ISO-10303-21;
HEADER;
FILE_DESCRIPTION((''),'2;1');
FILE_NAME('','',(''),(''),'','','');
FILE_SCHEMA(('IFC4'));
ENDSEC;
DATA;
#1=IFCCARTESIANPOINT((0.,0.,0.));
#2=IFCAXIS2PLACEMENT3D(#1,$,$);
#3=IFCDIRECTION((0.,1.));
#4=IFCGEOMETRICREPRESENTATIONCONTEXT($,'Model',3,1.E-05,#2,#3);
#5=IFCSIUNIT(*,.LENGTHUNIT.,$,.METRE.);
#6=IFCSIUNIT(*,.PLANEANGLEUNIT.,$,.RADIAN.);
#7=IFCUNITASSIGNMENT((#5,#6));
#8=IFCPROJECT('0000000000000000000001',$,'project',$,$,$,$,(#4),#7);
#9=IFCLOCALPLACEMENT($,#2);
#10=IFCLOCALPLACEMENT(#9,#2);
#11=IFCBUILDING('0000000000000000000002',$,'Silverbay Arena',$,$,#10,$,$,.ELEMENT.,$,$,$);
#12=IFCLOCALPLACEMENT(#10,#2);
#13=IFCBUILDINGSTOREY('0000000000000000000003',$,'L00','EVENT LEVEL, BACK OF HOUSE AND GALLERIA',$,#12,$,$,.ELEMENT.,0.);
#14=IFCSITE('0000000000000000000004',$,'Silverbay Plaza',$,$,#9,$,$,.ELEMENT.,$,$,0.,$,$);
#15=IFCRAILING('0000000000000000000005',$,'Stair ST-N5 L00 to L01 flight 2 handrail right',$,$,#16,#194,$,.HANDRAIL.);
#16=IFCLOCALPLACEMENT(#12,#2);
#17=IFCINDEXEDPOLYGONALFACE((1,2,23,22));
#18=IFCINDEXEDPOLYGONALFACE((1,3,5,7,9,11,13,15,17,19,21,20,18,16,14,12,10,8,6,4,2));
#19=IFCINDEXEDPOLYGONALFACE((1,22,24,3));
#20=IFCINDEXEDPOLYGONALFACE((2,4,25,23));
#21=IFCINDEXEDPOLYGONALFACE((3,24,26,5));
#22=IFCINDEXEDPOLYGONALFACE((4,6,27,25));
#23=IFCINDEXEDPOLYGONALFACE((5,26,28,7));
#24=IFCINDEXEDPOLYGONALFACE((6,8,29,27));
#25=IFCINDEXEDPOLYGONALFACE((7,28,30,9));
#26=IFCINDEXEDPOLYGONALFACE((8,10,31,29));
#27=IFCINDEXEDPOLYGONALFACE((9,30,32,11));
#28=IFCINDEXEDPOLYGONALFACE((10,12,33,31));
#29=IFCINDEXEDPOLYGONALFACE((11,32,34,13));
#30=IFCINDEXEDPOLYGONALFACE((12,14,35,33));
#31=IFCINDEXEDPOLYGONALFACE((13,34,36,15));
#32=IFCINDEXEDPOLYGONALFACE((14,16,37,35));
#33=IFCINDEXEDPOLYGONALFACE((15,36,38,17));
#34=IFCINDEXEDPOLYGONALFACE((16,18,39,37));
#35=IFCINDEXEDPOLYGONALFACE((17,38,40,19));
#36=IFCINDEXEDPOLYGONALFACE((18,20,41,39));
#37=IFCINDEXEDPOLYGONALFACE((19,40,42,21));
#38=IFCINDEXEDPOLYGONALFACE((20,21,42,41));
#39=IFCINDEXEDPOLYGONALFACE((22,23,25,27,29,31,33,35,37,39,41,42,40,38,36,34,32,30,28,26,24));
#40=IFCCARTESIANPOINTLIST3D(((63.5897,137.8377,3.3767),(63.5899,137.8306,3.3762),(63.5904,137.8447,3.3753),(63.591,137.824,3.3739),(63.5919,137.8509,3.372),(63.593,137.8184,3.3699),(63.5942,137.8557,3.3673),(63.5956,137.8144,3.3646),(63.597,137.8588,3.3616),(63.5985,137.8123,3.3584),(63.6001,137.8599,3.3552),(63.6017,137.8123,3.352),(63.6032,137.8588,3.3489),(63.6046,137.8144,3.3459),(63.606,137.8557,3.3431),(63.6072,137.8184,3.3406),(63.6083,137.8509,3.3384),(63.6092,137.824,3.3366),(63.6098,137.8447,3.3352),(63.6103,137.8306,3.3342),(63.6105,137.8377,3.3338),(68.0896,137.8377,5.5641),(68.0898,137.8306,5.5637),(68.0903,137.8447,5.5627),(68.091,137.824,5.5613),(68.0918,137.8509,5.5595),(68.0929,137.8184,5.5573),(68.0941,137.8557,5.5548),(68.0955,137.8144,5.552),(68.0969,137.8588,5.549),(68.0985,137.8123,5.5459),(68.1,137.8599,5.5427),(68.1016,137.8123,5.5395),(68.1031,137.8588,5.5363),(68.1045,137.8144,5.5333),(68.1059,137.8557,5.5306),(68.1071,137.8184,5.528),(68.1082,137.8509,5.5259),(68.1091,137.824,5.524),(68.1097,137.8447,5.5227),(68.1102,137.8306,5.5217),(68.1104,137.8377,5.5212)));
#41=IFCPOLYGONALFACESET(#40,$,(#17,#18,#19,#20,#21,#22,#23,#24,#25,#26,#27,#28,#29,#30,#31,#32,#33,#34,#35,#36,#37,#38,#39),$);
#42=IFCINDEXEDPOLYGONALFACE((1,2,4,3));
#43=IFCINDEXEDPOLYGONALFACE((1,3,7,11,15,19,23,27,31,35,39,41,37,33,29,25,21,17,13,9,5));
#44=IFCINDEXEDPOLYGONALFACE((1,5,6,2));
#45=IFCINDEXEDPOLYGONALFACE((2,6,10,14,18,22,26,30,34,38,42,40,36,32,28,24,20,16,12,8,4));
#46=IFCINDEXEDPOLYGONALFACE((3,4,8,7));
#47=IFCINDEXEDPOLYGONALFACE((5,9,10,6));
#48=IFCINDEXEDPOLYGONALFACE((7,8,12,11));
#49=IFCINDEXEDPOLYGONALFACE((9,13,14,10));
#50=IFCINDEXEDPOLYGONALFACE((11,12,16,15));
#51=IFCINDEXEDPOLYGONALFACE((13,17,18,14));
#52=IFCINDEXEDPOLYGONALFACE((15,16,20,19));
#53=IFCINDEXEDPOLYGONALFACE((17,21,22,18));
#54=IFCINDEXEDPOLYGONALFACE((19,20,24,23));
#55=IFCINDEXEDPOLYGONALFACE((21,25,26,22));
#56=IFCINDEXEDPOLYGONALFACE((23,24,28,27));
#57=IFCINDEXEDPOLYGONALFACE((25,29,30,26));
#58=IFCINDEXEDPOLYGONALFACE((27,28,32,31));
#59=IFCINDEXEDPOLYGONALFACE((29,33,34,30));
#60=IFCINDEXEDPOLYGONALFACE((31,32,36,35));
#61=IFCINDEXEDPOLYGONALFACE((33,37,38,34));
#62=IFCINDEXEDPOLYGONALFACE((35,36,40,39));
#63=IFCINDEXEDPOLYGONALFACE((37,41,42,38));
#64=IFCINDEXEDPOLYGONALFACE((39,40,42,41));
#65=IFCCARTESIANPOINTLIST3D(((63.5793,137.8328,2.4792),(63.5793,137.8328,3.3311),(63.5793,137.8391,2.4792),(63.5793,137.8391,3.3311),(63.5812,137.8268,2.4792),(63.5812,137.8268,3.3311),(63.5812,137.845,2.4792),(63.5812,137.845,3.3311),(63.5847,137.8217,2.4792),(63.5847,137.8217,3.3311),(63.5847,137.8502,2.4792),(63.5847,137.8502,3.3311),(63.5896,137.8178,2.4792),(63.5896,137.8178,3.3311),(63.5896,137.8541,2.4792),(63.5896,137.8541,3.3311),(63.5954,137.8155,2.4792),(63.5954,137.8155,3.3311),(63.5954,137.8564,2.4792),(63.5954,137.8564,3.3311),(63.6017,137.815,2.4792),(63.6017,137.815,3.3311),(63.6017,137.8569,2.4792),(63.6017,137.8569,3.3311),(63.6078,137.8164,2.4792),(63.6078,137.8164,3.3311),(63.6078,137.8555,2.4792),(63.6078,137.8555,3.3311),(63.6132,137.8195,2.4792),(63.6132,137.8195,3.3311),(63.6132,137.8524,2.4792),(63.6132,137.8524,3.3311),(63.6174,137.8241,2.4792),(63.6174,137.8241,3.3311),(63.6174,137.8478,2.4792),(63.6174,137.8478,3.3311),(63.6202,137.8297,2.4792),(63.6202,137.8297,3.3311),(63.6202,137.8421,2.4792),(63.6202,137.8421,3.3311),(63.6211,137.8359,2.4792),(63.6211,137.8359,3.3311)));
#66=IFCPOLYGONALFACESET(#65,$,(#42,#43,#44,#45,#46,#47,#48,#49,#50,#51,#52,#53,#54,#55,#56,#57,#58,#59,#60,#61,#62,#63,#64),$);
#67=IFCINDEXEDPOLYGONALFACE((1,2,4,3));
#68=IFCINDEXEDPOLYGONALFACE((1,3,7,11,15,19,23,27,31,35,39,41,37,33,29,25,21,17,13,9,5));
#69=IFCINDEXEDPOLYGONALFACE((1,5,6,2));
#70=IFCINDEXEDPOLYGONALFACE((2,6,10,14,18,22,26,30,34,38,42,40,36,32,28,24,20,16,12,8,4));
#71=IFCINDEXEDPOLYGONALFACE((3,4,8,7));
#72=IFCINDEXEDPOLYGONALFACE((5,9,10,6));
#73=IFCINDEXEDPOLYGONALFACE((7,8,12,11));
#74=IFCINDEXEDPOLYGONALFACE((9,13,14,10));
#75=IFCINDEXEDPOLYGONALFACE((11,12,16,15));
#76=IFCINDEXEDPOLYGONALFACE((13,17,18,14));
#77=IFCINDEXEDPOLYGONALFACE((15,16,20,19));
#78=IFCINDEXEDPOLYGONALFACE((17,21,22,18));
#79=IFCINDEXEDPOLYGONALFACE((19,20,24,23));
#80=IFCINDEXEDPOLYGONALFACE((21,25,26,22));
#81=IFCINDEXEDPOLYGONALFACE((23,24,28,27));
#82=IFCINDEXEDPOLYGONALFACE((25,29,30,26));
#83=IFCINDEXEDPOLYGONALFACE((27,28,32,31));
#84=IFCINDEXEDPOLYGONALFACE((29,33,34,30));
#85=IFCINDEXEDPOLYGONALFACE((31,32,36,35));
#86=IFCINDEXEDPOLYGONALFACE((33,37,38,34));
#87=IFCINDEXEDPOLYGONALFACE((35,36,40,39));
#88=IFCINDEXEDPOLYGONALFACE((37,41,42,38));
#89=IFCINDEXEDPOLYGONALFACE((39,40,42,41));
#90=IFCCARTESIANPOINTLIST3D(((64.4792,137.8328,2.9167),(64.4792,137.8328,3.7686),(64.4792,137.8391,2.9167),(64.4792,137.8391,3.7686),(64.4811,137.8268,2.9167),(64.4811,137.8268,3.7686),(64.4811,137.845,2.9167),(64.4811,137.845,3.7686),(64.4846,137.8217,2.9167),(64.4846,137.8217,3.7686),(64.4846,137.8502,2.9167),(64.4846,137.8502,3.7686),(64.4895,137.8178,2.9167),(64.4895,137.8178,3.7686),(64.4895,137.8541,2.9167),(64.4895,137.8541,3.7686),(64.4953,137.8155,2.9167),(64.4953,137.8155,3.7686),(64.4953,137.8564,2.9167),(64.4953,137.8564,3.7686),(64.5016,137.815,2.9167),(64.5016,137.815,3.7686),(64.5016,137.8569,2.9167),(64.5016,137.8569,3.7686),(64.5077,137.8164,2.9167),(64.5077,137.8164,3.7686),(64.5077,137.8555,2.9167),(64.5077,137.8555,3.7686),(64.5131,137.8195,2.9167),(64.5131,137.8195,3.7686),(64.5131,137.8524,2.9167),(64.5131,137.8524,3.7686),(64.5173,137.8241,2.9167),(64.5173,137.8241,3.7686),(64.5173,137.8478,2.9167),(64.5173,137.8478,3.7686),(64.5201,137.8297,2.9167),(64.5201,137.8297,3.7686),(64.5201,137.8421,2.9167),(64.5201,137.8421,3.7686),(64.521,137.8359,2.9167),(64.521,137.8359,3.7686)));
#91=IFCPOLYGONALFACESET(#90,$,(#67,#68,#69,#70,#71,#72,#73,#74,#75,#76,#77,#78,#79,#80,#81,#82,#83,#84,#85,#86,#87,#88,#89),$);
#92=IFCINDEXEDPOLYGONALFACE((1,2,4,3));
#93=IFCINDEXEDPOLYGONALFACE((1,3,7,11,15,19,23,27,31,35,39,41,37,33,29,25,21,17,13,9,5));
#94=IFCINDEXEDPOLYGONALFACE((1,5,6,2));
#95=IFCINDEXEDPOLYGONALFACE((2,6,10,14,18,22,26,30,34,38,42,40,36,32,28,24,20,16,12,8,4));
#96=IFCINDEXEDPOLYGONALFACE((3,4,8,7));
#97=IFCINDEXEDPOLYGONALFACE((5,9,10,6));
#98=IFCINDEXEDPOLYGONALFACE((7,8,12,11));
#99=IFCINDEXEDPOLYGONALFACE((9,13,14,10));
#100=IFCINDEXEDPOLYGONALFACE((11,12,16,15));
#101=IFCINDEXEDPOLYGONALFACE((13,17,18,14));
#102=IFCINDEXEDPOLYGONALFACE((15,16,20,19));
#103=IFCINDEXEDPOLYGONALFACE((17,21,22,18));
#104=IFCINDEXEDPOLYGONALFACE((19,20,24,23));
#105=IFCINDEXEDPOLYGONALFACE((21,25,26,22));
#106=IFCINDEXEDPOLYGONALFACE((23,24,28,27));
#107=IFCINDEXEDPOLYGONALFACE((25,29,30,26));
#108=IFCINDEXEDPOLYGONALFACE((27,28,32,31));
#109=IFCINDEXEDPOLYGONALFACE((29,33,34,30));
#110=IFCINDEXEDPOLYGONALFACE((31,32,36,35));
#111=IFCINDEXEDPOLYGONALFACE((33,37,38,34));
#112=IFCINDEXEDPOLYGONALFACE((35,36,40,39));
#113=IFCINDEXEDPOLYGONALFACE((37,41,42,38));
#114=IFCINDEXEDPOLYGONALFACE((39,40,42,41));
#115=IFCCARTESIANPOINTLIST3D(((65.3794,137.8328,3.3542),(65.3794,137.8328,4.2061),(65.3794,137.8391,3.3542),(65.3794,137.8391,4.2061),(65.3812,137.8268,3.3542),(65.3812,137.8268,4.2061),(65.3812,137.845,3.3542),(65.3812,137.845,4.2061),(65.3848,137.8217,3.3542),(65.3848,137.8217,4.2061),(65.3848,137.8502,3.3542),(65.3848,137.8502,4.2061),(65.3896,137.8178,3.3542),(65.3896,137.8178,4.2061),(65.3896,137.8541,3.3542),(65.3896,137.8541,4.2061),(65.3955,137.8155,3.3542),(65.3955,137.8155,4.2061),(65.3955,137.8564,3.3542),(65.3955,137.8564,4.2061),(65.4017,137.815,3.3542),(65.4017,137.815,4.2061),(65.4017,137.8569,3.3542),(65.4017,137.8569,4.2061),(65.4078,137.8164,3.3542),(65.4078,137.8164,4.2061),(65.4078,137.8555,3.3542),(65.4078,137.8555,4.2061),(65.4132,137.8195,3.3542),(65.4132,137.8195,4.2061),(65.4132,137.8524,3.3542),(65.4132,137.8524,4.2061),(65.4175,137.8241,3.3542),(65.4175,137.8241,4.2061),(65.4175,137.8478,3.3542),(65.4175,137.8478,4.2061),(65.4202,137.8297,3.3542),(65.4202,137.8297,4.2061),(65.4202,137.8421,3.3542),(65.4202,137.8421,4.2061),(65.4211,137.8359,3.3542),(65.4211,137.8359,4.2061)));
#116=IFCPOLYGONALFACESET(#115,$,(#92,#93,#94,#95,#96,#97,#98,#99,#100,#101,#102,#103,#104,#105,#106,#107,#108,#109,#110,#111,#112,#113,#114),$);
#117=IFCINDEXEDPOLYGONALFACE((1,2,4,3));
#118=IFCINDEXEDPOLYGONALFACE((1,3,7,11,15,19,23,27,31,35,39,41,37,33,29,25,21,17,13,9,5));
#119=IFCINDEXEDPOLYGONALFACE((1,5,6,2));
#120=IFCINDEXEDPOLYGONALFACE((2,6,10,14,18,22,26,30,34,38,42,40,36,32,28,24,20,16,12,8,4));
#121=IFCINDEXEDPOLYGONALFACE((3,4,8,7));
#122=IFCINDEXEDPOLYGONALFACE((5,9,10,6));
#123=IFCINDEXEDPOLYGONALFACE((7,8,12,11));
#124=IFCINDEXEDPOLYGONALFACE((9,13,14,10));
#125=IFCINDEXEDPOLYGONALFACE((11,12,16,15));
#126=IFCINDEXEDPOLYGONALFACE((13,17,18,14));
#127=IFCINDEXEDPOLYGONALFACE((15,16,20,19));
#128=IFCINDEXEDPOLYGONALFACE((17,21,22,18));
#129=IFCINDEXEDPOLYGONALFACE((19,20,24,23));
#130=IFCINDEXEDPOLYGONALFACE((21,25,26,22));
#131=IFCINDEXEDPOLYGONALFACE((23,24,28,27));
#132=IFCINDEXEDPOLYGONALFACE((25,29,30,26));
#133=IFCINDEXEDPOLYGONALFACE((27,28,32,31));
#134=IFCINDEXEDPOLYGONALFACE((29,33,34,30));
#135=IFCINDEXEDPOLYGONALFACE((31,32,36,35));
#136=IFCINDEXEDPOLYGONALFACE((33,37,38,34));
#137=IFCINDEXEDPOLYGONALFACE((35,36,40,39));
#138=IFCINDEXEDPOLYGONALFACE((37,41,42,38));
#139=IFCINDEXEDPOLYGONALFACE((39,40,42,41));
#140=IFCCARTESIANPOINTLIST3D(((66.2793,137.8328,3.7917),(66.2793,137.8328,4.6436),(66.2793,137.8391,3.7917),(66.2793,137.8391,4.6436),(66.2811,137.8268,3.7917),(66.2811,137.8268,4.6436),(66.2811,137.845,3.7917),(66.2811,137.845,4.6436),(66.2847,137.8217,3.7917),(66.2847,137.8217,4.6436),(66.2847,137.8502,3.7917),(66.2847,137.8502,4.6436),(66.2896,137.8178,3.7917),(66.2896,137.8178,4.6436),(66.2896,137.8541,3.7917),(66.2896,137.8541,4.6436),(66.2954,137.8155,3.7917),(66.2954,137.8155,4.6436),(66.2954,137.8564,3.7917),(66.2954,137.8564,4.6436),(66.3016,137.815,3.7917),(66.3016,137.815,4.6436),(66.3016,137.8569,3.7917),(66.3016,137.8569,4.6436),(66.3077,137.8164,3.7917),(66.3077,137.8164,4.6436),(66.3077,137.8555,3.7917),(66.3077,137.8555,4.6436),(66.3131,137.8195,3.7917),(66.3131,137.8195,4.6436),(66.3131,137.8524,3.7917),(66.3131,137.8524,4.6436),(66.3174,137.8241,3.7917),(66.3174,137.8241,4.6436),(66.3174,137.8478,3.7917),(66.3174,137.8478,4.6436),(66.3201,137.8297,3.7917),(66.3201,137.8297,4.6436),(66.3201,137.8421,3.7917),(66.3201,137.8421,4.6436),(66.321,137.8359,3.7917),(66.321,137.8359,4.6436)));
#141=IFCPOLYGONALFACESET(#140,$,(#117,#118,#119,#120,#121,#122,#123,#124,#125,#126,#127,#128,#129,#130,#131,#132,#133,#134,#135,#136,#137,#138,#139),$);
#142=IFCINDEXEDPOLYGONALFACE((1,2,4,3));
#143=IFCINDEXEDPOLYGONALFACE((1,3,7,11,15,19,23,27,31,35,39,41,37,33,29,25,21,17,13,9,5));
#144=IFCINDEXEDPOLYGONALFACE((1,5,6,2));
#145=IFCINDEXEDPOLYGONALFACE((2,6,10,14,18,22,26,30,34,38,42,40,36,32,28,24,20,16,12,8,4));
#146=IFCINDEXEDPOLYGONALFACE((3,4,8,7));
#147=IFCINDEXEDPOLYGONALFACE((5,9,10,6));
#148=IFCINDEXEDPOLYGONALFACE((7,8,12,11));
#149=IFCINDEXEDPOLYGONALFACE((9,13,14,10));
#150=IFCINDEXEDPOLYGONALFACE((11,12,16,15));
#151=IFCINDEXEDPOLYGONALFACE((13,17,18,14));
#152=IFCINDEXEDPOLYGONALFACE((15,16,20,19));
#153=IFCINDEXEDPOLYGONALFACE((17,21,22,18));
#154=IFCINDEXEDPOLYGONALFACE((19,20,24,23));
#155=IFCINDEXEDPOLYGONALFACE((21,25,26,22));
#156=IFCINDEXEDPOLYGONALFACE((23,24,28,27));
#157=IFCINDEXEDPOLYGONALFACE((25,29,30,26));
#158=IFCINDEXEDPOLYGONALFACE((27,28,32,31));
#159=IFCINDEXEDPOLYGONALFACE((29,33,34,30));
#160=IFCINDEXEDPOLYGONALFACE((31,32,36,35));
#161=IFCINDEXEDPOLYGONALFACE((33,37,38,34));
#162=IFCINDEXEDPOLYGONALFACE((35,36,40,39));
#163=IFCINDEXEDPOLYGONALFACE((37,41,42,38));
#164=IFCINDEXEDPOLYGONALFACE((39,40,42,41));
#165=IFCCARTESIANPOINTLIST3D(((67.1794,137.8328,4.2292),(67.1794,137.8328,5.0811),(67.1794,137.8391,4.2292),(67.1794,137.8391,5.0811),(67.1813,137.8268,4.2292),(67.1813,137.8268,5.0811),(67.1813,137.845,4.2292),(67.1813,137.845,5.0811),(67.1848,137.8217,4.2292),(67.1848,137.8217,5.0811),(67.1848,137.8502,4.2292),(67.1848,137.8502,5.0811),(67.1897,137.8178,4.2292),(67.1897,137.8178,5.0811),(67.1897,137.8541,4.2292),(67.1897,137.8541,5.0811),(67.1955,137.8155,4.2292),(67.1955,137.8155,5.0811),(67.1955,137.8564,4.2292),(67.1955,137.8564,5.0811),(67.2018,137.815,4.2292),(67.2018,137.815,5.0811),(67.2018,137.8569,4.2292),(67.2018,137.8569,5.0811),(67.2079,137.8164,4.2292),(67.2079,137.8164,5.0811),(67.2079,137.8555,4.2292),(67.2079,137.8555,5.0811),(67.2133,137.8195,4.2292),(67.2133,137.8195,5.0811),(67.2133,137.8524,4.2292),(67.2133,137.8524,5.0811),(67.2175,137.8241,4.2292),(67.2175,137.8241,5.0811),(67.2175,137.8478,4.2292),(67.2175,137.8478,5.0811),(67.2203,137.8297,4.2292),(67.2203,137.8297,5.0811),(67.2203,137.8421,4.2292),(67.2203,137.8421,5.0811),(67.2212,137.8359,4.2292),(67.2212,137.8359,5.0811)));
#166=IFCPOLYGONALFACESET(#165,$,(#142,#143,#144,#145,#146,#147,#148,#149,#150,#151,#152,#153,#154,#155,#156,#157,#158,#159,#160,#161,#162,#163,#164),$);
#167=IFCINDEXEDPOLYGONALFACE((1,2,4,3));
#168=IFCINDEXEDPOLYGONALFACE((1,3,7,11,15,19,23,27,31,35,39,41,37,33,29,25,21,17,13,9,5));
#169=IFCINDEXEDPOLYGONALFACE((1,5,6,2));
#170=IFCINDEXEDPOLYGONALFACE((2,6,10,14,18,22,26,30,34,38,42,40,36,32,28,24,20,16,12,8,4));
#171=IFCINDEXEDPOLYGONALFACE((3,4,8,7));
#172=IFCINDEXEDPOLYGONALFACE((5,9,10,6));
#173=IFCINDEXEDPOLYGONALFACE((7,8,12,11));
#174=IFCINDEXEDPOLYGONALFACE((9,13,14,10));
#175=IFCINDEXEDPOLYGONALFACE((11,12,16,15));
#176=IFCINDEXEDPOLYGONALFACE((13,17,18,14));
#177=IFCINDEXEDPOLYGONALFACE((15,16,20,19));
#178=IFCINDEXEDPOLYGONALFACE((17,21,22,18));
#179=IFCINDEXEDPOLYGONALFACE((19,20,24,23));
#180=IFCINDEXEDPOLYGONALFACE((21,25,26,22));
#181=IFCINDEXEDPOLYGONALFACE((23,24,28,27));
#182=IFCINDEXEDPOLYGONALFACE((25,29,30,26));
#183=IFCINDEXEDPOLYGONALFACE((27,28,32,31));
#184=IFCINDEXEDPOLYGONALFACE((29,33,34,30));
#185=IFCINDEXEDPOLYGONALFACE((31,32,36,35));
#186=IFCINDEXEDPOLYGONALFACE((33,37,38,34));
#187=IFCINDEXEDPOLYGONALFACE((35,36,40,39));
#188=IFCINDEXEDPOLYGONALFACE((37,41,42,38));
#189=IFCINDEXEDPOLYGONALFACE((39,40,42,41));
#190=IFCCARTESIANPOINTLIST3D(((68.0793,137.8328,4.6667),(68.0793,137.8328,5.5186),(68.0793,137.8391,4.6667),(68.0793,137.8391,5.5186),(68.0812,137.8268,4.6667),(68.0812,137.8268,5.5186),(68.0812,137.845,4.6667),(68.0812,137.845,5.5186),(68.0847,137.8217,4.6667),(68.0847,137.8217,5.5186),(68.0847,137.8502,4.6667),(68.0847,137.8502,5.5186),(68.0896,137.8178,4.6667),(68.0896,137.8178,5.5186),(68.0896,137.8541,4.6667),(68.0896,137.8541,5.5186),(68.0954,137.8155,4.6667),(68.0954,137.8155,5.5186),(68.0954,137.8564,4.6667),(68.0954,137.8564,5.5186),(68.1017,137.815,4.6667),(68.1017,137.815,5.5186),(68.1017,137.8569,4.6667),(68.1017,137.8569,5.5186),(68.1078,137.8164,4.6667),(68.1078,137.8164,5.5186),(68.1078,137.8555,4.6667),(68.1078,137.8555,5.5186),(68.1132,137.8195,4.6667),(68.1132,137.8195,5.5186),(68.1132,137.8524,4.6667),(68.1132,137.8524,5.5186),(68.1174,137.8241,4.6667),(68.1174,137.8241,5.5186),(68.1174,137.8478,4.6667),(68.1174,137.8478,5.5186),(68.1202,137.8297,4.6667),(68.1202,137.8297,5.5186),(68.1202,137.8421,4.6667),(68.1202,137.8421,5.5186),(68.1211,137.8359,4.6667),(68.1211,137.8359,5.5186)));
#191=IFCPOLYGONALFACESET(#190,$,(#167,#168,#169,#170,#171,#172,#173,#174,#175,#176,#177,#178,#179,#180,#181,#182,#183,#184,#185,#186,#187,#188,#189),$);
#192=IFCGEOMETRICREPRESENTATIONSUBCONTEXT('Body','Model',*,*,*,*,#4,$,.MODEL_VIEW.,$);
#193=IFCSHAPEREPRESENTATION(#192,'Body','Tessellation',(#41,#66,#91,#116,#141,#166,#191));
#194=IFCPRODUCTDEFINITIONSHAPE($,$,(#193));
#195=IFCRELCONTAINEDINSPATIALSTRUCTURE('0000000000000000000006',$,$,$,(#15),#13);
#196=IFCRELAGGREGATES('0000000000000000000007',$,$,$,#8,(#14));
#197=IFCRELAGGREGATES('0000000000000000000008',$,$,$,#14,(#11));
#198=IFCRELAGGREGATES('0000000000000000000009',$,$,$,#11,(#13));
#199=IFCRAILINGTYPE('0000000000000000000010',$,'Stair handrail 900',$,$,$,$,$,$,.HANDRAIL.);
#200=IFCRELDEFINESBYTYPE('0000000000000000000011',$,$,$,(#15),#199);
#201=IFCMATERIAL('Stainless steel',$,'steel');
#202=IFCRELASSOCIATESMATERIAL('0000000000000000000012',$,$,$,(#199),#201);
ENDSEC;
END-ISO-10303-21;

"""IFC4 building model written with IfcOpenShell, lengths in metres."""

from ifc_helpers import new_model, si_unit, direction, frame, origin, origin_2d, place, context, subcontext, project, spatial, circle, extrude, material, type_object, element, save


model = new_model("IFC4")

# Units and contexts
model_context = context("Model", 3, precision=1e-05, world=origin(), true_north=direction((0.0, 1.0)))
body_context = subcontext(model_context, "Body", "Model", "MODEL_VIEW")
ifc_project = project(units=[si_unit("LENGTHUNIT", "METRE"), si_unit("PLANEANGLEUNIT", "RADIAN")], contexts=[model_context])

# Site, building, storey
site_placement = place(None, origin())
site = spatial("IfcSite", under=ifc_project, at=site_placement, Name="Silverbay Plaza", CompositionType="ELEMENT", RefElevation=0.0)
building_placement = place(site_placement, origin())
building = spatial("IfcBuilding", under=site, at=building_placement, Name="Silverbay Arena", CompositionType="ELEMENT")
storey_placement = place(building_placement, origin())
storey = spatial("IfcBuildingStorey", under=building, at=storey_placement, Name="L00", Description="EVENT LEVEL, BACK OF HOUSE AND GALLERIA", CompositionType="ELEMENT", Elevation=0.0)

# Railing
ifc_material_1 = material(Name="Stainless steel", Category="steel")
railing_type_1 = type_object("IfcRailingType", Name="Stair handrail 900", PredefinedType="HANDRAIL", material=ifc_material_1)
for number, where, name in (
    (1, (63.6001, 137.8359, 2.4792), "Stair ST-N5 L00 to L01 flight 2 handrail right"),
):
    element("IfcRailing", number, at=place(storey_placement, frame(where)), inside=storey, type_object=railing_type_1, Name=name, PredefinedType="HANDRAIL", context=body_context, shape_type="SweptSolid", body=[
        extrude(circle(Radius=0.0239, at=origin_2d()), frame((0.0, 0.0, 0.876), z_axis=(0.899368, 0.0, 0.437193), x_axis=(0.0, 1.0, 0.0)), (0.0, 0.0, 1.0), 5.0034),
        extrude(circle(Radius=0.021, at=origin_2d()), origin(), (0.0, 0.0, 1.0), 0.8518),
        extrude(circle(Radius=0.021, at=origin_2d()), frame((0.8999, 0.0, 0.4375)), (0.0, 0.0, 1.0), 0.8518),
        extrude(circle(Radius=0.021, at=origin_2d()), frame((1.8, 0.0, 0.875)), (0.0, 0.0, 1.0), 0.8518),
        extrude(circle(Radius=0.021, at=origin_2d()), frame((2.7, 0.0, 1.3125)), (0.0, 0.0, 1.0), 0.8518),
        extrude(circle(Radius=0.021, at=origin_2d()), frame((3.6001, 0.0, 1.75)), (0.0, 0.0, 1.0), 0.8518),
        extrude(circle(Radius=0.021, at=origin_2d()), frame((4.5, 0.0, 2.1875)), (0.0, 0.0, 1.0), 0.8518),
    ])

save(model, "model.ifc")
